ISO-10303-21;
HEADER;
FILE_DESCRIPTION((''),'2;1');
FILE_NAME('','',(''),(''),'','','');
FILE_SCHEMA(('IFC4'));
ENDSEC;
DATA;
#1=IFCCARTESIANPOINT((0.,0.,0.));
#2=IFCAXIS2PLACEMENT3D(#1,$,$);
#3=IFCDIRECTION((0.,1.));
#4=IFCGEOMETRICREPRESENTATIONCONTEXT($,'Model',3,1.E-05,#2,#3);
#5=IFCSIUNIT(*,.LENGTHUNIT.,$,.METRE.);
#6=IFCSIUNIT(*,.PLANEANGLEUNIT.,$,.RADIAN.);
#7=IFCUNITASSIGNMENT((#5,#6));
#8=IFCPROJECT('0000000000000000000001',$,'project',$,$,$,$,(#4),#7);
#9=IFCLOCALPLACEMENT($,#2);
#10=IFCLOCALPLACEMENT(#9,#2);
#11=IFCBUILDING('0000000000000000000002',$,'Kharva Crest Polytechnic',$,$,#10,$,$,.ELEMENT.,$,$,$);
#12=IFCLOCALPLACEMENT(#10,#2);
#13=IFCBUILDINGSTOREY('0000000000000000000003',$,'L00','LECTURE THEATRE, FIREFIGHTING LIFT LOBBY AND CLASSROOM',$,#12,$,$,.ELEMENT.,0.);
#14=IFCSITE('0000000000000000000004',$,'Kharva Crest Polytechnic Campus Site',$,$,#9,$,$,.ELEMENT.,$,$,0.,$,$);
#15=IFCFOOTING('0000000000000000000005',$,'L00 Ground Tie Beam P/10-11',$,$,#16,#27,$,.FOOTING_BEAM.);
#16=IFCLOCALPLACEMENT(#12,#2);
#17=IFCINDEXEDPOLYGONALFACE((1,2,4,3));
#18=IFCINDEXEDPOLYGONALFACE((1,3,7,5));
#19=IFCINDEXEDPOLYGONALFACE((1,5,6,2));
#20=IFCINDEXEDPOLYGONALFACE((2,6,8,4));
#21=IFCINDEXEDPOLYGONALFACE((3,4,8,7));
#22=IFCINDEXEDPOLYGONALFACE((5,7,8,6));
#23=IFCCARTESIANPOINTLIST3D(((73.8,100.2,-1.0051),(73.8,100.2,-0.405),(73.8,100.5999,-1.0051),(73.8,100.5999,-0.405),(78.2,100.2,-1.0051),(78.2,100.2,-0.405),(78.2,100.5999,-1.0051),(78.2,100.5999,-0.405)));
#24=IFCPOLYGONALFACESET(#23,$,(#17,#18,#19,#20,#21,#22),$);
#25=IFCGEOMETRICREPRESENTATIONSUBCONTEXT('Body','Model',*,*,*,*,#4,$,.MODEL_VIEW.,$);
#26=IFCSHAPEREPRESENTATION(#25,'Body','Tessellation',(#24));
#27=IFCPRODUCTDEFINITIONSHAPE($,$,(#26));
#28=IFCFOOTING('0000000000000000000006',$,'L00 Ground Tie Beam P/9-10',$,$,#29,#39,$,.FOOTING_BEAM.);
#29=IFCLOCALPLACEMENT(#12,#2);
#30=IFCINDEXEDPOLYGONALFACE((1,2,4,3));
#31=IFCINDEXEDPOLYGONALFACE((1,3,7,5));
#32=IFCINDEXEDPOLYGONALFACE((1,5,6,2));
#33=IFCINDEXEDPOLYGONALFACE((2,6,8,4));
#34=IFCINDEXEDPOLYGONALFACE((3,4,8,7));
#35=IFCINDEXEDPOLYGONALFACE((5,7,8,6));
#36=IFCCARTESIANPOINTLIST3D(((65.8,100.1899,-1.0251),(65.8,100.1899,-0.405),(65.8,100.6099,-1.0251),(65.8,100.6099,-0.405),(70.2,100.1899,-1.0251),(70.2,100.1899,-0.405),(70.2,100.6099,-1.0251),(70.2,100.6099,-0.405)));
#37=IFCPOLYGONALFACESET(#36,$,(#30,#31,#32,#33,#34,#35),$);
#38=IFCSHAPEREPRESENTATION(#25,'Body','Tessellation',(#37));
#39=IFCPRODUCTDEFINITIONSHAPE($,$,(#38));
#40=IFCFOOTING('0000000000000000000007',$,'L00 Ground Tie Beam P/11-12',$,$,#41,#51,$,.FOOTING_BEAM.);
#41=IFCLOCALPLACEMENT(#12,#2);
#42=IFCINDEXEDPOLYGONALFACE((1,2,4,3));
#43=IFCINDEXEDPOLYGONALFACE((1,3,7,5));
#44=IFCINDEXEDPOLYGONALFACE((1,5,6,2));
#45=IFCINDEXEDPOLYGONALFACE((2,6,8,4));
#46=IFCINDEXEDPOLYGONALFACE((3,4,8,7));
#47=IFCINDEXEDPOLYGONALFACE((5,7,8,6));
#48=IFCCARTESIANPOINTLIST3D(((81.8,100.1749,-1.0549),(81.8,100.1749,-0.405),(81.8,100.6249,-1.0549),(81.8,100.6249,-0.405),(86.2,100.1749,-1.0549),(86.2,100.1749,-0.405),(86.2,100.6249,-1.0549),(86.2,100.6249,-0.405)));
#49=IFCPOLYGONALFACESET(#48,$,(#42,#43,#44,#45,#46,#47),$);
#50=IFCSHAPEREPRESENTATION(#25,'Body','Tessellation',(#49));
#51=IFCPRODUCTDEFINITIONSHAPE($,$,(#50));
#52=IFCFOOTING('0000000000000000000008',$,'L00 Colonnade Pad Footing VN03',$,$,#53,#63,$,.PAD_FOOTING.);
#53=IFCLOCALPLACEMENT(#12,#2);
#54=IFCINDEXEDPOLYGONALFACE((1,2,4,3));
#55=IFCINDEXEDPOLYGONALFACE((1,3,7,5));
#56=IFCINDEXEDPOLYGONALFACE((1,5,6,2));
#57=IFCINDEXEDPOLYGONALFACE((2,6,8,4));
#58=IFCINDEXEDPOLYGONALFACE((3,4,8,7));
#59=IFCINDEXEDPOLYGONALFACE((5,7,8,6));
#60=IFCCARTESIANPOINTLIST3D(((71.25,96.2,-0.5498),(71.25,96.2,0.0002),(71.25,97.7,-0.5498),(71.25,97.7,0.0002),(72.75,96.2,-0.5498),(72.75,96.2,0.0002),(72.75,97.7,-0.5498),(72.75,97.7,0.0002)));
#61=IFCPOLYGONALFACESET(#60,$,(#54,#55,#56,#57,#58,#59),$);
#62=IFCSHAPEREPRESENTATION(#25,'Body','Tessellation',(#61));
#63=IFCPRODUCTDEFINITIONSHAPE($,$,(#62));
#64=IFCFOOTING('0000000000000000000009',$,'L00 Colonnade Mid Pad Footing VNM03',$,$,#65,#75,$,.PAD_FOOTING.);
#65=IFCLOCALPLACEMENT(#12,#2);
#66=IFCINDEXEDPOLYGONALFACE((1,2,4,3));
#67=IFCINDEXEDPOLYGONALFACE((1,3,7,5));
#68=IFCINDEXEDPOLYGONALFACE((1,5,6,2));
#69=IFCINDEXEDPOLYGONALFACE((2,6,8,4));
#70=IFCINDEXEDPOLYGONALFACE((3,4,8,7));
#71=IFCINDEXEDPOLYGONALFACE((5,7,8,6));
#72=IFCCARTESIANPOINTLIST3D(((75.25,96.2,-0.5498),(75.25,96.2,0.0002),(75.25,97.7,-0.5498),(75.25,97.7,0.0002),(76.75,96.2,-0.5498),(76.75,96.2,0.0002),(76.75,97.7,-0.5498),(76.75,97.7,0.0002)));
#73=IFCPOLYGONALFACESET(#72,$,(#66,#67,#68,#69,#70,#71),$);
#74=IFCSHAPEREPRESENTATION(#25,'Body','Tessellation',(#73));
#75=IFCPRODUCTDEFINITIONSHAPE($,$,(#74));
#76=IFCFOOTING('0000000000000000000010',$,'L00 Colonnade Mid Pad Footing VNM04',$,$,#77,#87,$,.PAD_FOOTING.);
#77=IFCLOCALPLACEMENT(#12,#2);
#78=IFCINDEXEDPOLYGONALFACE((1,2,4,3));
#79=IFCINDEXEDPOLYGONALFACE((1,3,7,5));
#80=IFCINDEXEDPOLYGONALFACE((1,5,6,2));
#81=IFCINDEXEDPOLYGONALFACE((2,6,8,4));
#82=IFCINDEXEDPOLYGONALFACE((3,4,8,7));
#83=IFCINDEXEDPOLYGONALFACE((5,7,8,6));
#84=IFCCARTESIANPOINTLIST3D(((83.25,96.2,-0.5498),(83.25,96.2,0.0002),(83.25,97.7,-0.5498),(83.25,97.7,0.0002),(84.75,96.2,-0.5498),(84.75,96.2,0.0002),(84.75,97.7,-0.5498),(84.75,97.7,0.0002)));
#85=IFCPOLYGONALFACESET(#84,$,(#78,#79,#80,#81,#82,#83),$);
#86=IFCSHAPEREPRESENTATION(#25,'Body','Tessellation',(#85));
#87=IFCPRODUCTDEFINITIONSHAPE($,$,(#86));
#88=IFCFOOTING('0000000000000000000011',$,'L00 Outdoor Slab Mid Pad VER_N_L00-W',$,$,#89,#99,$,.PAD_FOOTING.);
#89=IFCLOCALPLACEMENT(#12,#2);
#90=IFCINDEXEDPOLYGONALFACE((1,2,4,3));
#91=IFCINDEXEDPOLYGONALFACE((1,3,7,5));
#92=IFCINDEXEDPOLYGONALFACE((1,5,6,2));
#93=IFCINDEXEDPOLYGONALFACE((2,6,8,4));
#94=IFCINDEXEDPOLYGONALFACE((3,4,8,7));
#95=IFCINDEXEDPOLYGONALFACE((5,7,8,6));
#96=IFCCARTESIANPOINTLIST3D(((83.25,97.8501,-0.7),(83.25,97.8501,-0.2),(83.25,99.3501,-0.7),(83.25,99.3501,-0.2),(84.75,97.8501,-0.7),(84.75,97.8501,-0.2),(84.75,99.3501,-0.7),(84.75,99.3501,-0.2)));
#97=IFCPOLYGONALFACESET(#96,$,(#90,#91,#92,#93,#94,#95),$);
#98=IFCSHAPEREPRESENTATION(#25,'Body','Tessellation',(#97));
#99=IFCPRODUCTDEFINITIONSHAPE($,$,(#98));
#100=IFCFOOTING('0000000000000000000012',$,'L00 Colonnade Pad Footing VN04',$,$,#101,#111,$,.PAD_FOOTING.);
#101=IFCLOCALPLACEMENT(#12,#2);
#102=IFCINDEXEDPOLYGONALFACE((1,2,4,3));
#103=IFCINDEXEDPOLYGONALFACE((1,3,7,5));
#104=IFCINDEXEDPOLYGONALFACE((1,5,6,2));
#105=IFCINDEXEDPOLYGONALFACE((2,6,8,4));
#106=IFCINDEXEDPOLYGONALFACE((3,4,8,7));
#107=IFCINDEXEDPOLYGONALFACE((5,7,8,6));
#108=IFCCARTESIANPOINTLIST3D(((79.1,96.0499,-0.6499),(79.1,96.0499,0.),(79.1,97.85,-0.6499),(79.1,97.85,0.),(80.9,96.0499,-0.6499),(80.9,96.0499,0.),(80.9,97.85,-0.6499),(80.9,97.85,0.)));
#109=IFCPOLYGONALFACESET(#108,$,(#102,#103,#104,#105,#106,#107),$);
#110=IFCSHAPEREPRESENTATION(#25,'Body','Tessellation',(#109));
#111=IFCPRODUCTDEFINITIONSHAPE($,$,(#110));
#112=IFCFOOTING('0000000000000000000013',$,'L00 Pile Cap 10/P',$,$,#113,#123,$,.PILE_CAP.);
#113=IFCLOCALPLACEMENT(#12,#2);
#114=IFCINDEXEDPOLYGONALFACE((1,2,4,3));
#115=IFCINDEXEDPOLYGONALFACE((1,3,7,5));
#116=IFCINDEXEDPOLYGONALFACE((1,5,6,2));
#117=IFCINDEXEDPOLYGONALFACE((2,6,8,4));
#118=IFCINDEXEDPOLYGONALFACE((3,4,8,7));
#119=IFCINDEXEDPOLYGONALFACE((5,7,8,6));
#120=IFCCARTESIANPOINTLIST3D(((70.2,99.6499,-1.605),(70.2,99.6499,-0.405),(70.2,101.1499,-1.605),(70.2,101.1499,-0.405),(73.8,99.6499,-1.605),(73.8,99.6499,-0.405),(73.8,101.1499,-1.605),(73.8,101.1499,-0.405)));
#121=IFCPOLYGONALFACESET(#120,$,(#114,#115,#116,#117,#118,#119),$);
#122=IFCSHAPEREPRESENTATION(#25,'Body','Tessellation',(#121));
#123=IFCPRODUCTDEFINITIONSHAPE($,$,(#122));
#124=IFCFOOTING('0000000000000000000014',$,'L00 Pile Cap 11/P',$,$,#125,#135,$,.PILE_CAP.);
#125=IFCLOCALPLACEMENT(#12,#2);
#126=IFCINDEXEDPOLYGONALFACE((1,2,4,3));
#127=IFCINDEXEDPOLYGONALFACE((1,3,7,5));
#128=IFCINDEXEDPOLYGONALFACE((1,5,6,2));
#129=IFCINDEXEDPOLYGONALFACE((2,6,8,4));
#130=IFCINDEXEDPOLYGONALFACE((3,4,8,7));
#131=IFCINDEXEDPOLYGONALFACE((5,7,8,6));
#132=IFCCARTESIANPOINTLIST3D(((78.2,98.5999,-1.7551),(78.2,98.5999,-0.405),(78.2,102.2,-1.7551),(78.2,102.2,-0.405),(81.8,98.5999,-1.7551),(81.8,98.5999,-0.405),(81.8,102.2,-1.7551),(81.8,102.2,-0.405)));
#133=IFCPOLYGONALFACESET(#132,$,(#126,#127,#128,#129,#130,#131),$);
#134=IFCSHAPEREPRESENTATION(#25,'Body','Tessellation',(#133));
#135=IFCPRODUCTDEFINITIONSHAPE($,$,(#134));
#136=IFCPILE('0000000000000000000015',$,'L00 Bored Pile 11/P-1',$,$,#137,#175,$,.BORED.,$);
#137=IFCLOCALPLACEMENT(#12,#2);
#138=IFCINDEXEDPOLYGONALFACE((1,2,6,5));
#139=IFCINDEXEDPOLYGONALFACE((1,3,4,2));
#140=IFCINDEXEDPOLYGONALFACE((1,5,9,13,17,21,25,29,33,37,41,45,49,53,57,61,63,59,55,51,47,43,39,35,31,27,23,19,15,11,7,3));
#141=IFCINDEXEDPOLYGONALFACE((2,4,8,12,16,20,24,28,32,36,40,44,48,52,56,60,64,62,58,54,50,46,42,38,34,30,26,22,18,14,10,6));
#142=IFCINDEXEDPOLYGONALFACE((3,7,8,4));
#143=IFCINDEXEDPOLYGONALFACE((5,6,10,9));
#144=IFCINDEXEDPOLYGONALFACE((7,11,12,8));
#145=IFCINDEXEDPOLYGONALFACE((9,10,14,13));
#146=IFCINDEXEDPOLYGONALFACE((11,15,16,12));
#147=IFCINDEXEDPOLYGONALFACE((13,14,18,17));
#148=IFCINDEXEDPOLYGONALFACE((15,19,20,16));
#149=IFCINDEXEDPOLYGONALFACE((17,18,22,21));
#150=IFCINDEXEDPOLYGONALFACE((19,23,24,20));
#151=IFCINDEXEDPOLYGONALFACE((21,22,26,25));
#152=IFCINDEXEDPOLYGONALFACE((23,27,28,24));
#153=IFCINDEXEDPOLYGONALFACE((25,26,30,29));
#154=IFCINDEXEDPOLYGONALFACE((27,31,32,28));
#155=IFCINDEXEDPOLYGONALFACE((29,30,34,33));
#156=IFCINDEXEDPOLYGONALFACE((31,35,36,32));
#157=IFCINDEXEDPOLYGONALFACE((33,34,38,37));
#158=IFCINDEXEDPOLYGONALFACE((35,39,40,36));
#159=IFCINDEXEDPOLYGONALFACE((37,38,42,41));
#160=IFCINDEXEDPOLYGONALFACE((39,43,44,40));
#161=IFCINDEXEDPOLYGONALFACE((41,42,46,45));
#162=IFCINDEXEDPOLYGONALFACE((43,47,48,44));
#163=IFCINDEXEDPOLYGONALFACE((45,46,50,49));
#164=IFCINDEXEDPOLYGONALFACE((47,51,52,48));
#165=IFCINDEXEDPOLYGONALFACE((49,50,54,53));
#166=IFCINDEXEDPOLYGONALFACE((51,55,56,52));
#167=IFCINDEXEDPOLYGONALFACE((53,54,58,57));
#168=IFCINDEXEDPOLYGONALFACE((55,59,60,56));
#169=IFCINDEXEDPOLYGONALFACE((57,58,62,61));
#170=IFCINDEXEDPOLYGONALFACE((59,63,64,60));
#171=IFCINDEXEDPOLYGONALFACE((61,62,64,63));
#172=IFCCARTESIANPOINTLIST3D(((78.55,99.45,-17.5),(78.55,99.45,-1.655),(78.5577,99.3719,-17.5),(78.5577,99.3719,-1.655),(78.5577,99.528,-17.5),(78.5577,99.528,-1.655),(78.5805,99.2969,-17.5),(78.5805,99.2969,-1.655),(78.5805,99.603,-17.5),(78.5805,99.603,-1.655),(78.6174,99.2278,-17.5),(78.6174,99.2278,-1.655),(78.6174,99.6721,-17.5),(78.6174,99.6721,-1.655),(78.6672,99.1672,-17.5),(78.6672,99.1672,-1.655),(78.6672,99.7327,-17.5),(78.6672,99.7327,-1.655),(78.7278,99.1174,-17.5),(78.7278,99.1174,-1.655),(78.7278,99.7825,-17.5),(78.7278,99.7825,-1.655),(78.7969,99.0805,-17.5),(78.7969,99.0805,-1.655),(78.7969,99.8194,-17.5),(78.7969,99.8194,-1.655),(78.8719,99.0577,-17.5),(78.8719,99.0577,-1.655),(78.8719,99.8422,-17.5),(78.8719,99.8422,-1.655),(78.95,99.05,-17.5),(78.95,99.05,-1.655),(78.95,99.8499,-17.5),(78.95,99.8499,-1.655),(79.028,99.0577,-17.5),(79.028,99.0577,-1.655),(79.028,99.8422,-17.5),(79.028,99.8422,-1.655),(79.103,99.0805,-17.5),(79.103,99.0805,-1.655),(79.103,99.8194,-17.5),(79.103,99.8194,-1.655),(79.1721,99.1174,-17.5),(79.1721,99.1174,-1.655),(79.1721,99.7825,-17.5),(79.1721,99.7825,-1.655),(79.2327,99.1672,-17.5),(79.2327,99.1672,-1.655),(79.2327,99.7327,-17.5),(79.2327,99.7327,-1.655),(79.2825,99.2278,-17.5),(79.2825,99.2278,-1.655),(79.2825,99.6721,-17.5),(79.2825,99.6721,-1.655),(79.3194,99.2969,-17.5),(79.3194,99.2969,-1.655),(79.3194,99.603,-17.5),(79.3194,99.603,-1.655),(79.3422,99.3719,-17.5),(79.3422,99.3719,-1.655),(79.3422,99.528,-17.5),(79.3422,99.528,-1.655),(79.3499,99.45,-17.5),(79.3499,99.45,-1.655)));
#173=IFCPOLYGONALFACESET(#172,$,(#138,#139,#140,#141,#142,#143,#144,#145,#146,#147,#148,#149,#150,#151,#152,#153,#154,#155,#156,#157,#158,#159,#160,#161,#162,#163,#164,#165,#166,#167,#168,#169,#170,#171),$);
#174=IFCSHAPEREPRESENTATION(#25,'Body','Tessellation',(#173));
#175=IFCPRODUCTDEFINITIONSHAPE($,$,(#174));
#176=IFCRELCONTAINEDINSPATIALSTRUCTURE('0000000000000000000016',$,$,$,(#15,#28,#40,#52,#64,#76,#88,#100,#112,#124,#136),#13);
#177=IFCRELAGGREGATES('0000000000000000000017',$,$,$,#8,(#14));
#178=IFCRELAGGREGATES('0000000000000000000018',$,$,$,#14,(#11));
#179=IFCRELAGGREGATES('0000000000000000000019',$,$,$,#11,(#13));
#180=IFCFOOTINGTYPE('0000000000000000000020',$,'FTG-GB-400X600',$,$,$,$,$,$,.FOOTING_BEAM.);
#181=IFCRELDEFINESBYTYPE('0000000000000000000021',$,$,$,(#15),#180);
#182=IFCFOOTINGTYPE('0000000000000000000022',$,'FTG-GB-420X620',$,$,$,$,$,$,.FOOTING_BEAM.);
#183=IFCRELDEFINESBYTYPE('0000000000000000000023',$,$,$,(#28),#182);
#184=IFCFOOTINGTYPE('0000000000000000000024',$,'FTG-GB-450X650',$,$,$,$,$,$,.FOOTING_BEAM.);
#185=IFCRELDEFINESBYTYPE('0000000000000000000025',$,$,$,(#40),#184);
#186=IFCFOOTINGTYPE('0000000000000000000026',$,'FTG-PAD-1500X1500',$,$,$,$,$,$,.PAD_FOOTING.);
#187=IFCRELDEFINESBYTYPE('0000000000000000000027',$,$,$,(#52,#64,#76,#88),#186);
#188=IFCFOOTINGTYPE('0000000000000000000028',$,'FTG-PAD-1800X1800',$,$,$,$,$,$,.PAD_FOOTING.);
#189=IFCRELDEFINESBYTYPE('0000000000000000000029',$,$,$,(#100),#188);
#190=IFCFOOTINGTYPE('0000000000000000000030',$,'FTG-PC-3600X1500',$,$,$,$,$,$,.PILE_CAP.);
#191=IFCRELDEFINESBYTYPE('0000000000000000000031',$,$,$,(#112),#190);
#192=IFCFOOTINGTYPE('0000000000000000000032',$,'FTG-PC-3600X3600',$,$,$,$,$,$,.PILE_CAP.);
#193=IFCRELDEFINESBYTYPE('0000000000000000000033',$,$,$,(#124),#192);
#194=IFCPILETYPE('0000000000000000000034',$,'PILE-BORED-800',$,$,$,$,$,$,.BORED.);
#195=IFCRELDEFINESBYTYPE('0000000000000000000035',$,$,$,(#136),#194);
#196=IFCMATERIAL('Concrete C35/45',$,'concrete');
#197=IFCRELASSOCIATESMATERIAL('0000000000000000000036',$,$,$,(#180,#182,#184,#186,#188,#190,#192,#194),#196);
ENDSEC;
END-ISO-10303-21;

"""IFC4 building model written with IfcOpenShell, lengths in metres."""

from ifc_helpers import new_model, si_unit, direction, frame, origin, origin_2d, place, context, subcontext, project, spatial, rectangle, circle, extrude, material, material_profile, profile_set, type_object, element, save


model = new_model("IFC4")

# Units and contexts
model_context = context("Model", 3, precision=1e-05, world=origin(), true_north=direction((0.0, 1.0)))
body_context = subcontext(model_context, "Body", "Model", "MODEL_VIEW")
ifc_project = project(units=[si_unit("LENGTHUNIT", "METRE"), si_unit("PLANEANGLEUNIT", "RADIAN")], contexts=[model_context])

# Site, building, storey
site_placement = place(None, origin())
site = spatial("IfcSite", under=ifc_project, at=site_placement, Name="Kharva Crest Polytechnic Campus Site", CompositionType="ELEMENT", RefElevation=0.0)
building_placement = place(site_placement, origin())
building = spatial("IfcBuilding", under=site, at=building_placement, Name="Kharva Crest Polytechnic", CompositionType="ELEMENT")
storey_placement = place(building_placement, origin())
storey = spatial("IfcBuildingStorey", under=building, at=storey_placement, Name="L00", Description="LECTURE THEATRE, FIREFIGHTING LIFT LOBBY AND CLASSROOM", CompositionType="ELEMENT", Elevation=0.0)

# Footings
ifc_material_1 = material(Name="Concrete C35/45", Category="concrete")
footing_type_1 = type_object("IfcFootingType", Name="FTG-GB-400X600", PredefinedType="FOOTING_BEAM", material=ifc_material_1)
footing_1_placement = place(storey_placement, frame((76.0, 100.3999, -1.0051), z_axis=(0.0, 0.0, 1.0), x_axis=(1.0, 0.0, 0.0)))
element("IfcFooting", 1, at=footing_1_placement, inside=storey, type_object=footing_type_1, Name="L00 Ground Tie Beam P/10-11", PredefinedType="FOOTING_BEAM", context=body_context, shape_type="SweptSolid", body=[
    extrude(rectangle(XDim=4.3999, YDim=0.3999, at=origin_2d()), origin(), (0.0, 0.0, 1.0), 0.6001),
])
footing_type_2 = type_object("IfcFootingType", Name="FTG-GB-420X620", PredefinedType="FOOTING_BEAM", material=ifc_material_1)
footing_2_placement = place(storey_placement, frame((68.0, 100.3999, -1.0251), z_axis=(0.0, 0.0, 1.0), x_axis=(1.0, 0.0, 0.0)))
element("IfcFooting", 2, at=footing_2_placement, inside=storey, type_object=footing_type_2, Name="L00 Ground Tie Beam P/9-10", PredefinedType="FOOTING_BEAM", context=body_context, shape_type="SweptSolid", body=[
    extrude(rectangle(XDim=4.3999, YDim=0.4199, at=origin_2d()), origin(), (0.0, 0.0, 1.0), 0.6201),
])
footing_type_3 = type_object("IfcFootingType", Name="FTG-GB-450X650", PredefinedType="FOOTING_BEAM", material=ifc_material_1)
footing_3_placement = place(storey_placement, frame((84.0, 100.3999, -1.0549), z_axis=(0.0, 0.0, 1.0), x_axis=(1.0, 0.0, 0.0)))
element("IfcFooting", 3, at=footing_3_placement, inside=storey, type_object=footing_type_3, Name="L00 Ground Tie Beam P/11-12", PredefinedType="FOOTING_BEAM", context=body_context, shape_type="SweptSolid", body=[
    extrude(rectangle(XDim=4.3999, YDim=0.45, at=origin_2d()), origin(), (0.0, 0.0, 1.0), 0.6499),
])
footing_type_4 = type_object("IfcFootingType", Name="FTG-PAD-1500X1500", PredefinedType="PAD_FOOTING", material=ifc_material_1)
for number, where, z_axis, x_axis, name in (
    (4, (72.0, 96.95, -0.5498), (0.0, 0.0, 1.0), (1.0, 0.0, 0.0), "L00 Colonnade Pad Footing VN03"),
    (5, (76.0, 96.95, -0.5498), (0.0, 0.0, 1.0), (1.0, 0.0, 0.0), "L00 Colonnade Mid Pad Footing VNM03"),
    (6, (84.0, 96.95, -0.5498), (0.0, 0.0, 1.0), (1.0, 0.0, 0.0), "L00 Colonnade Mid Pad Footing VNM04"),
):
    element("IfcFooting", number, at=place(storey_placement, frame(where, z_axis=z_axis, x_axis=x_axis)), inside=storey, type_object=footing_type_4, Name=name, PredefinedType="PAD_FOOTING", context=body_context, shape_type="SweptSolid", body=[
        extrude(rectangle(XDim=1.5, YDim=1.5, at=origin_2d()), origin(), (0.0, 0.0, 1.0), 0.55),
    ])
footing_4_placement = place(storey_placement, frame((84.0, 98.6001, -0.7), z_axis=(0.0, 0.0, 1.0), x_axis=(1.0, 0.0, 0.0)))
element("IfcFooting", 7, at=footing_4_placement, inside=storey, type_object=footing_type_4, Name="L00 Outdoor Slab Mid Pad VER_N_L00-W", PredefinedType="PAD_FOOTING", context=body_context, shape_type="SweptSolid", body=[
    extrude(rectangle(XDim=1.5, YDim=1.5, at=origin_2d()), origin(), (0.0, 0.0, 1.0), 0.5),
])
footing_type_5 = type_object("IfcFootingType", Name="FTG-PAD-1800X1800", PredefinedType="PAD_FOOTING", material=ifc_material_1)
footing_5_placement = place(storey_placement, frame((80.0, 96.95, -0.6499), z_axis=(0.0, 0.0, 1.0), x_axis=(1.0, 0.0, 0.0)))
element("IfcFooting", 8, at=footing_5_placement, inside=storey, type_object=footing_type_5, Name="L00 Colonnade Pad Footing VN04", PredefinedType="PAD_FOOTING", context=body_context, shape_type="SweptSolid", body=[
    extrude(rectangle(XDim=1.8, YDim=1.8, at=origin_2d()), origin(), (0.0, 0.0, 1.0), 0.6499),
])
footing_type_6 = type_object("IfcFootingType", Name="FTG-PC-3600X1500", PredefinedType="PILE_CAP", material=ifc_material_1)
footing_6_placement = place(storey_placement, frame((72.0, 100.3999, -1.605), z_axis=(0.0, 0.0, 1.0), x_axis=(1.0, 0.0, 0.0)))
element("IfcFooting", 9, at=footing_6_placement, inside=storey, type_object=footing_type_6, Name="L00 Pile Cap 10/P", PredefinedType="PILE_CAP", context=body_context, shape_type="SweptSolid", body=[
    extrude(rectangle(XDim=3.6001, YDim=1.5, at=origin_2d()), origin(), (0.0, 0.0, 1.0), 1.2),
])
footing_type_7 = type_object("IfcFootingType", Name="FTG-PC-3600X3600", PredefinedType="PILE_CAP", material=ifc_material_1)
footing_7_placement = place(storey_placement, frame((80.0, 100.3999, -1.7551), z_axis=(0.0, 0.0, 1.0), x_axis=(1.0, 0.0, 0.0)))
element("IfcFooting", 10, at=footing_7_placement, inside=storey, type_object=footing_type_7, Name="L00 Pile Cap 11/P", PredefinedType="PILE_CAP", context=body_context, shape_type="SweptSolid", body=[
    extrude(rectangle(XDim=3.6001, YDim=3.6001, at=origin_2d()), origin(), (0.0, 0.0, 1.0), 1.3501),
])

# Pile
ifc_material_profile_1 = material_profile(ifc_material_1, circle(Radius=0.3999, at=origin_2d()), Name="DIA 800")
ifc_profile_set_1 = profile_set([ifc_material_profile_1], Name="Concrete C35/45")
pile_type_1 = type_object("IfcPileType", Name="PILE-BORED-800", PredefinedType="BORED", material=ifc_profile_set_1)
for number, where, z_axis, x_axis, name in (
    (11, (78.95, 99.45, -1.655), (0.0, 0.0, -1.0), (1.0, 0.0, 0.0), "L00 Bored Pile 11/P-1"),
):
    element("IfcPile", number, at=place(storey_placement, frame(where, z_axis=z_axis, x_axis=x_axis)), inside=storey, type_object=pile_type_1, Name=name, PredefinedType="BORED", context=body_context, shape_type="SweptSolid", body=[
        extrude(circle(Radius=0.3999, at=origin_2d()), origin(), (0.0, 0.0, 1.0), 15.845),
    ])

save(model, "model.ifc")
